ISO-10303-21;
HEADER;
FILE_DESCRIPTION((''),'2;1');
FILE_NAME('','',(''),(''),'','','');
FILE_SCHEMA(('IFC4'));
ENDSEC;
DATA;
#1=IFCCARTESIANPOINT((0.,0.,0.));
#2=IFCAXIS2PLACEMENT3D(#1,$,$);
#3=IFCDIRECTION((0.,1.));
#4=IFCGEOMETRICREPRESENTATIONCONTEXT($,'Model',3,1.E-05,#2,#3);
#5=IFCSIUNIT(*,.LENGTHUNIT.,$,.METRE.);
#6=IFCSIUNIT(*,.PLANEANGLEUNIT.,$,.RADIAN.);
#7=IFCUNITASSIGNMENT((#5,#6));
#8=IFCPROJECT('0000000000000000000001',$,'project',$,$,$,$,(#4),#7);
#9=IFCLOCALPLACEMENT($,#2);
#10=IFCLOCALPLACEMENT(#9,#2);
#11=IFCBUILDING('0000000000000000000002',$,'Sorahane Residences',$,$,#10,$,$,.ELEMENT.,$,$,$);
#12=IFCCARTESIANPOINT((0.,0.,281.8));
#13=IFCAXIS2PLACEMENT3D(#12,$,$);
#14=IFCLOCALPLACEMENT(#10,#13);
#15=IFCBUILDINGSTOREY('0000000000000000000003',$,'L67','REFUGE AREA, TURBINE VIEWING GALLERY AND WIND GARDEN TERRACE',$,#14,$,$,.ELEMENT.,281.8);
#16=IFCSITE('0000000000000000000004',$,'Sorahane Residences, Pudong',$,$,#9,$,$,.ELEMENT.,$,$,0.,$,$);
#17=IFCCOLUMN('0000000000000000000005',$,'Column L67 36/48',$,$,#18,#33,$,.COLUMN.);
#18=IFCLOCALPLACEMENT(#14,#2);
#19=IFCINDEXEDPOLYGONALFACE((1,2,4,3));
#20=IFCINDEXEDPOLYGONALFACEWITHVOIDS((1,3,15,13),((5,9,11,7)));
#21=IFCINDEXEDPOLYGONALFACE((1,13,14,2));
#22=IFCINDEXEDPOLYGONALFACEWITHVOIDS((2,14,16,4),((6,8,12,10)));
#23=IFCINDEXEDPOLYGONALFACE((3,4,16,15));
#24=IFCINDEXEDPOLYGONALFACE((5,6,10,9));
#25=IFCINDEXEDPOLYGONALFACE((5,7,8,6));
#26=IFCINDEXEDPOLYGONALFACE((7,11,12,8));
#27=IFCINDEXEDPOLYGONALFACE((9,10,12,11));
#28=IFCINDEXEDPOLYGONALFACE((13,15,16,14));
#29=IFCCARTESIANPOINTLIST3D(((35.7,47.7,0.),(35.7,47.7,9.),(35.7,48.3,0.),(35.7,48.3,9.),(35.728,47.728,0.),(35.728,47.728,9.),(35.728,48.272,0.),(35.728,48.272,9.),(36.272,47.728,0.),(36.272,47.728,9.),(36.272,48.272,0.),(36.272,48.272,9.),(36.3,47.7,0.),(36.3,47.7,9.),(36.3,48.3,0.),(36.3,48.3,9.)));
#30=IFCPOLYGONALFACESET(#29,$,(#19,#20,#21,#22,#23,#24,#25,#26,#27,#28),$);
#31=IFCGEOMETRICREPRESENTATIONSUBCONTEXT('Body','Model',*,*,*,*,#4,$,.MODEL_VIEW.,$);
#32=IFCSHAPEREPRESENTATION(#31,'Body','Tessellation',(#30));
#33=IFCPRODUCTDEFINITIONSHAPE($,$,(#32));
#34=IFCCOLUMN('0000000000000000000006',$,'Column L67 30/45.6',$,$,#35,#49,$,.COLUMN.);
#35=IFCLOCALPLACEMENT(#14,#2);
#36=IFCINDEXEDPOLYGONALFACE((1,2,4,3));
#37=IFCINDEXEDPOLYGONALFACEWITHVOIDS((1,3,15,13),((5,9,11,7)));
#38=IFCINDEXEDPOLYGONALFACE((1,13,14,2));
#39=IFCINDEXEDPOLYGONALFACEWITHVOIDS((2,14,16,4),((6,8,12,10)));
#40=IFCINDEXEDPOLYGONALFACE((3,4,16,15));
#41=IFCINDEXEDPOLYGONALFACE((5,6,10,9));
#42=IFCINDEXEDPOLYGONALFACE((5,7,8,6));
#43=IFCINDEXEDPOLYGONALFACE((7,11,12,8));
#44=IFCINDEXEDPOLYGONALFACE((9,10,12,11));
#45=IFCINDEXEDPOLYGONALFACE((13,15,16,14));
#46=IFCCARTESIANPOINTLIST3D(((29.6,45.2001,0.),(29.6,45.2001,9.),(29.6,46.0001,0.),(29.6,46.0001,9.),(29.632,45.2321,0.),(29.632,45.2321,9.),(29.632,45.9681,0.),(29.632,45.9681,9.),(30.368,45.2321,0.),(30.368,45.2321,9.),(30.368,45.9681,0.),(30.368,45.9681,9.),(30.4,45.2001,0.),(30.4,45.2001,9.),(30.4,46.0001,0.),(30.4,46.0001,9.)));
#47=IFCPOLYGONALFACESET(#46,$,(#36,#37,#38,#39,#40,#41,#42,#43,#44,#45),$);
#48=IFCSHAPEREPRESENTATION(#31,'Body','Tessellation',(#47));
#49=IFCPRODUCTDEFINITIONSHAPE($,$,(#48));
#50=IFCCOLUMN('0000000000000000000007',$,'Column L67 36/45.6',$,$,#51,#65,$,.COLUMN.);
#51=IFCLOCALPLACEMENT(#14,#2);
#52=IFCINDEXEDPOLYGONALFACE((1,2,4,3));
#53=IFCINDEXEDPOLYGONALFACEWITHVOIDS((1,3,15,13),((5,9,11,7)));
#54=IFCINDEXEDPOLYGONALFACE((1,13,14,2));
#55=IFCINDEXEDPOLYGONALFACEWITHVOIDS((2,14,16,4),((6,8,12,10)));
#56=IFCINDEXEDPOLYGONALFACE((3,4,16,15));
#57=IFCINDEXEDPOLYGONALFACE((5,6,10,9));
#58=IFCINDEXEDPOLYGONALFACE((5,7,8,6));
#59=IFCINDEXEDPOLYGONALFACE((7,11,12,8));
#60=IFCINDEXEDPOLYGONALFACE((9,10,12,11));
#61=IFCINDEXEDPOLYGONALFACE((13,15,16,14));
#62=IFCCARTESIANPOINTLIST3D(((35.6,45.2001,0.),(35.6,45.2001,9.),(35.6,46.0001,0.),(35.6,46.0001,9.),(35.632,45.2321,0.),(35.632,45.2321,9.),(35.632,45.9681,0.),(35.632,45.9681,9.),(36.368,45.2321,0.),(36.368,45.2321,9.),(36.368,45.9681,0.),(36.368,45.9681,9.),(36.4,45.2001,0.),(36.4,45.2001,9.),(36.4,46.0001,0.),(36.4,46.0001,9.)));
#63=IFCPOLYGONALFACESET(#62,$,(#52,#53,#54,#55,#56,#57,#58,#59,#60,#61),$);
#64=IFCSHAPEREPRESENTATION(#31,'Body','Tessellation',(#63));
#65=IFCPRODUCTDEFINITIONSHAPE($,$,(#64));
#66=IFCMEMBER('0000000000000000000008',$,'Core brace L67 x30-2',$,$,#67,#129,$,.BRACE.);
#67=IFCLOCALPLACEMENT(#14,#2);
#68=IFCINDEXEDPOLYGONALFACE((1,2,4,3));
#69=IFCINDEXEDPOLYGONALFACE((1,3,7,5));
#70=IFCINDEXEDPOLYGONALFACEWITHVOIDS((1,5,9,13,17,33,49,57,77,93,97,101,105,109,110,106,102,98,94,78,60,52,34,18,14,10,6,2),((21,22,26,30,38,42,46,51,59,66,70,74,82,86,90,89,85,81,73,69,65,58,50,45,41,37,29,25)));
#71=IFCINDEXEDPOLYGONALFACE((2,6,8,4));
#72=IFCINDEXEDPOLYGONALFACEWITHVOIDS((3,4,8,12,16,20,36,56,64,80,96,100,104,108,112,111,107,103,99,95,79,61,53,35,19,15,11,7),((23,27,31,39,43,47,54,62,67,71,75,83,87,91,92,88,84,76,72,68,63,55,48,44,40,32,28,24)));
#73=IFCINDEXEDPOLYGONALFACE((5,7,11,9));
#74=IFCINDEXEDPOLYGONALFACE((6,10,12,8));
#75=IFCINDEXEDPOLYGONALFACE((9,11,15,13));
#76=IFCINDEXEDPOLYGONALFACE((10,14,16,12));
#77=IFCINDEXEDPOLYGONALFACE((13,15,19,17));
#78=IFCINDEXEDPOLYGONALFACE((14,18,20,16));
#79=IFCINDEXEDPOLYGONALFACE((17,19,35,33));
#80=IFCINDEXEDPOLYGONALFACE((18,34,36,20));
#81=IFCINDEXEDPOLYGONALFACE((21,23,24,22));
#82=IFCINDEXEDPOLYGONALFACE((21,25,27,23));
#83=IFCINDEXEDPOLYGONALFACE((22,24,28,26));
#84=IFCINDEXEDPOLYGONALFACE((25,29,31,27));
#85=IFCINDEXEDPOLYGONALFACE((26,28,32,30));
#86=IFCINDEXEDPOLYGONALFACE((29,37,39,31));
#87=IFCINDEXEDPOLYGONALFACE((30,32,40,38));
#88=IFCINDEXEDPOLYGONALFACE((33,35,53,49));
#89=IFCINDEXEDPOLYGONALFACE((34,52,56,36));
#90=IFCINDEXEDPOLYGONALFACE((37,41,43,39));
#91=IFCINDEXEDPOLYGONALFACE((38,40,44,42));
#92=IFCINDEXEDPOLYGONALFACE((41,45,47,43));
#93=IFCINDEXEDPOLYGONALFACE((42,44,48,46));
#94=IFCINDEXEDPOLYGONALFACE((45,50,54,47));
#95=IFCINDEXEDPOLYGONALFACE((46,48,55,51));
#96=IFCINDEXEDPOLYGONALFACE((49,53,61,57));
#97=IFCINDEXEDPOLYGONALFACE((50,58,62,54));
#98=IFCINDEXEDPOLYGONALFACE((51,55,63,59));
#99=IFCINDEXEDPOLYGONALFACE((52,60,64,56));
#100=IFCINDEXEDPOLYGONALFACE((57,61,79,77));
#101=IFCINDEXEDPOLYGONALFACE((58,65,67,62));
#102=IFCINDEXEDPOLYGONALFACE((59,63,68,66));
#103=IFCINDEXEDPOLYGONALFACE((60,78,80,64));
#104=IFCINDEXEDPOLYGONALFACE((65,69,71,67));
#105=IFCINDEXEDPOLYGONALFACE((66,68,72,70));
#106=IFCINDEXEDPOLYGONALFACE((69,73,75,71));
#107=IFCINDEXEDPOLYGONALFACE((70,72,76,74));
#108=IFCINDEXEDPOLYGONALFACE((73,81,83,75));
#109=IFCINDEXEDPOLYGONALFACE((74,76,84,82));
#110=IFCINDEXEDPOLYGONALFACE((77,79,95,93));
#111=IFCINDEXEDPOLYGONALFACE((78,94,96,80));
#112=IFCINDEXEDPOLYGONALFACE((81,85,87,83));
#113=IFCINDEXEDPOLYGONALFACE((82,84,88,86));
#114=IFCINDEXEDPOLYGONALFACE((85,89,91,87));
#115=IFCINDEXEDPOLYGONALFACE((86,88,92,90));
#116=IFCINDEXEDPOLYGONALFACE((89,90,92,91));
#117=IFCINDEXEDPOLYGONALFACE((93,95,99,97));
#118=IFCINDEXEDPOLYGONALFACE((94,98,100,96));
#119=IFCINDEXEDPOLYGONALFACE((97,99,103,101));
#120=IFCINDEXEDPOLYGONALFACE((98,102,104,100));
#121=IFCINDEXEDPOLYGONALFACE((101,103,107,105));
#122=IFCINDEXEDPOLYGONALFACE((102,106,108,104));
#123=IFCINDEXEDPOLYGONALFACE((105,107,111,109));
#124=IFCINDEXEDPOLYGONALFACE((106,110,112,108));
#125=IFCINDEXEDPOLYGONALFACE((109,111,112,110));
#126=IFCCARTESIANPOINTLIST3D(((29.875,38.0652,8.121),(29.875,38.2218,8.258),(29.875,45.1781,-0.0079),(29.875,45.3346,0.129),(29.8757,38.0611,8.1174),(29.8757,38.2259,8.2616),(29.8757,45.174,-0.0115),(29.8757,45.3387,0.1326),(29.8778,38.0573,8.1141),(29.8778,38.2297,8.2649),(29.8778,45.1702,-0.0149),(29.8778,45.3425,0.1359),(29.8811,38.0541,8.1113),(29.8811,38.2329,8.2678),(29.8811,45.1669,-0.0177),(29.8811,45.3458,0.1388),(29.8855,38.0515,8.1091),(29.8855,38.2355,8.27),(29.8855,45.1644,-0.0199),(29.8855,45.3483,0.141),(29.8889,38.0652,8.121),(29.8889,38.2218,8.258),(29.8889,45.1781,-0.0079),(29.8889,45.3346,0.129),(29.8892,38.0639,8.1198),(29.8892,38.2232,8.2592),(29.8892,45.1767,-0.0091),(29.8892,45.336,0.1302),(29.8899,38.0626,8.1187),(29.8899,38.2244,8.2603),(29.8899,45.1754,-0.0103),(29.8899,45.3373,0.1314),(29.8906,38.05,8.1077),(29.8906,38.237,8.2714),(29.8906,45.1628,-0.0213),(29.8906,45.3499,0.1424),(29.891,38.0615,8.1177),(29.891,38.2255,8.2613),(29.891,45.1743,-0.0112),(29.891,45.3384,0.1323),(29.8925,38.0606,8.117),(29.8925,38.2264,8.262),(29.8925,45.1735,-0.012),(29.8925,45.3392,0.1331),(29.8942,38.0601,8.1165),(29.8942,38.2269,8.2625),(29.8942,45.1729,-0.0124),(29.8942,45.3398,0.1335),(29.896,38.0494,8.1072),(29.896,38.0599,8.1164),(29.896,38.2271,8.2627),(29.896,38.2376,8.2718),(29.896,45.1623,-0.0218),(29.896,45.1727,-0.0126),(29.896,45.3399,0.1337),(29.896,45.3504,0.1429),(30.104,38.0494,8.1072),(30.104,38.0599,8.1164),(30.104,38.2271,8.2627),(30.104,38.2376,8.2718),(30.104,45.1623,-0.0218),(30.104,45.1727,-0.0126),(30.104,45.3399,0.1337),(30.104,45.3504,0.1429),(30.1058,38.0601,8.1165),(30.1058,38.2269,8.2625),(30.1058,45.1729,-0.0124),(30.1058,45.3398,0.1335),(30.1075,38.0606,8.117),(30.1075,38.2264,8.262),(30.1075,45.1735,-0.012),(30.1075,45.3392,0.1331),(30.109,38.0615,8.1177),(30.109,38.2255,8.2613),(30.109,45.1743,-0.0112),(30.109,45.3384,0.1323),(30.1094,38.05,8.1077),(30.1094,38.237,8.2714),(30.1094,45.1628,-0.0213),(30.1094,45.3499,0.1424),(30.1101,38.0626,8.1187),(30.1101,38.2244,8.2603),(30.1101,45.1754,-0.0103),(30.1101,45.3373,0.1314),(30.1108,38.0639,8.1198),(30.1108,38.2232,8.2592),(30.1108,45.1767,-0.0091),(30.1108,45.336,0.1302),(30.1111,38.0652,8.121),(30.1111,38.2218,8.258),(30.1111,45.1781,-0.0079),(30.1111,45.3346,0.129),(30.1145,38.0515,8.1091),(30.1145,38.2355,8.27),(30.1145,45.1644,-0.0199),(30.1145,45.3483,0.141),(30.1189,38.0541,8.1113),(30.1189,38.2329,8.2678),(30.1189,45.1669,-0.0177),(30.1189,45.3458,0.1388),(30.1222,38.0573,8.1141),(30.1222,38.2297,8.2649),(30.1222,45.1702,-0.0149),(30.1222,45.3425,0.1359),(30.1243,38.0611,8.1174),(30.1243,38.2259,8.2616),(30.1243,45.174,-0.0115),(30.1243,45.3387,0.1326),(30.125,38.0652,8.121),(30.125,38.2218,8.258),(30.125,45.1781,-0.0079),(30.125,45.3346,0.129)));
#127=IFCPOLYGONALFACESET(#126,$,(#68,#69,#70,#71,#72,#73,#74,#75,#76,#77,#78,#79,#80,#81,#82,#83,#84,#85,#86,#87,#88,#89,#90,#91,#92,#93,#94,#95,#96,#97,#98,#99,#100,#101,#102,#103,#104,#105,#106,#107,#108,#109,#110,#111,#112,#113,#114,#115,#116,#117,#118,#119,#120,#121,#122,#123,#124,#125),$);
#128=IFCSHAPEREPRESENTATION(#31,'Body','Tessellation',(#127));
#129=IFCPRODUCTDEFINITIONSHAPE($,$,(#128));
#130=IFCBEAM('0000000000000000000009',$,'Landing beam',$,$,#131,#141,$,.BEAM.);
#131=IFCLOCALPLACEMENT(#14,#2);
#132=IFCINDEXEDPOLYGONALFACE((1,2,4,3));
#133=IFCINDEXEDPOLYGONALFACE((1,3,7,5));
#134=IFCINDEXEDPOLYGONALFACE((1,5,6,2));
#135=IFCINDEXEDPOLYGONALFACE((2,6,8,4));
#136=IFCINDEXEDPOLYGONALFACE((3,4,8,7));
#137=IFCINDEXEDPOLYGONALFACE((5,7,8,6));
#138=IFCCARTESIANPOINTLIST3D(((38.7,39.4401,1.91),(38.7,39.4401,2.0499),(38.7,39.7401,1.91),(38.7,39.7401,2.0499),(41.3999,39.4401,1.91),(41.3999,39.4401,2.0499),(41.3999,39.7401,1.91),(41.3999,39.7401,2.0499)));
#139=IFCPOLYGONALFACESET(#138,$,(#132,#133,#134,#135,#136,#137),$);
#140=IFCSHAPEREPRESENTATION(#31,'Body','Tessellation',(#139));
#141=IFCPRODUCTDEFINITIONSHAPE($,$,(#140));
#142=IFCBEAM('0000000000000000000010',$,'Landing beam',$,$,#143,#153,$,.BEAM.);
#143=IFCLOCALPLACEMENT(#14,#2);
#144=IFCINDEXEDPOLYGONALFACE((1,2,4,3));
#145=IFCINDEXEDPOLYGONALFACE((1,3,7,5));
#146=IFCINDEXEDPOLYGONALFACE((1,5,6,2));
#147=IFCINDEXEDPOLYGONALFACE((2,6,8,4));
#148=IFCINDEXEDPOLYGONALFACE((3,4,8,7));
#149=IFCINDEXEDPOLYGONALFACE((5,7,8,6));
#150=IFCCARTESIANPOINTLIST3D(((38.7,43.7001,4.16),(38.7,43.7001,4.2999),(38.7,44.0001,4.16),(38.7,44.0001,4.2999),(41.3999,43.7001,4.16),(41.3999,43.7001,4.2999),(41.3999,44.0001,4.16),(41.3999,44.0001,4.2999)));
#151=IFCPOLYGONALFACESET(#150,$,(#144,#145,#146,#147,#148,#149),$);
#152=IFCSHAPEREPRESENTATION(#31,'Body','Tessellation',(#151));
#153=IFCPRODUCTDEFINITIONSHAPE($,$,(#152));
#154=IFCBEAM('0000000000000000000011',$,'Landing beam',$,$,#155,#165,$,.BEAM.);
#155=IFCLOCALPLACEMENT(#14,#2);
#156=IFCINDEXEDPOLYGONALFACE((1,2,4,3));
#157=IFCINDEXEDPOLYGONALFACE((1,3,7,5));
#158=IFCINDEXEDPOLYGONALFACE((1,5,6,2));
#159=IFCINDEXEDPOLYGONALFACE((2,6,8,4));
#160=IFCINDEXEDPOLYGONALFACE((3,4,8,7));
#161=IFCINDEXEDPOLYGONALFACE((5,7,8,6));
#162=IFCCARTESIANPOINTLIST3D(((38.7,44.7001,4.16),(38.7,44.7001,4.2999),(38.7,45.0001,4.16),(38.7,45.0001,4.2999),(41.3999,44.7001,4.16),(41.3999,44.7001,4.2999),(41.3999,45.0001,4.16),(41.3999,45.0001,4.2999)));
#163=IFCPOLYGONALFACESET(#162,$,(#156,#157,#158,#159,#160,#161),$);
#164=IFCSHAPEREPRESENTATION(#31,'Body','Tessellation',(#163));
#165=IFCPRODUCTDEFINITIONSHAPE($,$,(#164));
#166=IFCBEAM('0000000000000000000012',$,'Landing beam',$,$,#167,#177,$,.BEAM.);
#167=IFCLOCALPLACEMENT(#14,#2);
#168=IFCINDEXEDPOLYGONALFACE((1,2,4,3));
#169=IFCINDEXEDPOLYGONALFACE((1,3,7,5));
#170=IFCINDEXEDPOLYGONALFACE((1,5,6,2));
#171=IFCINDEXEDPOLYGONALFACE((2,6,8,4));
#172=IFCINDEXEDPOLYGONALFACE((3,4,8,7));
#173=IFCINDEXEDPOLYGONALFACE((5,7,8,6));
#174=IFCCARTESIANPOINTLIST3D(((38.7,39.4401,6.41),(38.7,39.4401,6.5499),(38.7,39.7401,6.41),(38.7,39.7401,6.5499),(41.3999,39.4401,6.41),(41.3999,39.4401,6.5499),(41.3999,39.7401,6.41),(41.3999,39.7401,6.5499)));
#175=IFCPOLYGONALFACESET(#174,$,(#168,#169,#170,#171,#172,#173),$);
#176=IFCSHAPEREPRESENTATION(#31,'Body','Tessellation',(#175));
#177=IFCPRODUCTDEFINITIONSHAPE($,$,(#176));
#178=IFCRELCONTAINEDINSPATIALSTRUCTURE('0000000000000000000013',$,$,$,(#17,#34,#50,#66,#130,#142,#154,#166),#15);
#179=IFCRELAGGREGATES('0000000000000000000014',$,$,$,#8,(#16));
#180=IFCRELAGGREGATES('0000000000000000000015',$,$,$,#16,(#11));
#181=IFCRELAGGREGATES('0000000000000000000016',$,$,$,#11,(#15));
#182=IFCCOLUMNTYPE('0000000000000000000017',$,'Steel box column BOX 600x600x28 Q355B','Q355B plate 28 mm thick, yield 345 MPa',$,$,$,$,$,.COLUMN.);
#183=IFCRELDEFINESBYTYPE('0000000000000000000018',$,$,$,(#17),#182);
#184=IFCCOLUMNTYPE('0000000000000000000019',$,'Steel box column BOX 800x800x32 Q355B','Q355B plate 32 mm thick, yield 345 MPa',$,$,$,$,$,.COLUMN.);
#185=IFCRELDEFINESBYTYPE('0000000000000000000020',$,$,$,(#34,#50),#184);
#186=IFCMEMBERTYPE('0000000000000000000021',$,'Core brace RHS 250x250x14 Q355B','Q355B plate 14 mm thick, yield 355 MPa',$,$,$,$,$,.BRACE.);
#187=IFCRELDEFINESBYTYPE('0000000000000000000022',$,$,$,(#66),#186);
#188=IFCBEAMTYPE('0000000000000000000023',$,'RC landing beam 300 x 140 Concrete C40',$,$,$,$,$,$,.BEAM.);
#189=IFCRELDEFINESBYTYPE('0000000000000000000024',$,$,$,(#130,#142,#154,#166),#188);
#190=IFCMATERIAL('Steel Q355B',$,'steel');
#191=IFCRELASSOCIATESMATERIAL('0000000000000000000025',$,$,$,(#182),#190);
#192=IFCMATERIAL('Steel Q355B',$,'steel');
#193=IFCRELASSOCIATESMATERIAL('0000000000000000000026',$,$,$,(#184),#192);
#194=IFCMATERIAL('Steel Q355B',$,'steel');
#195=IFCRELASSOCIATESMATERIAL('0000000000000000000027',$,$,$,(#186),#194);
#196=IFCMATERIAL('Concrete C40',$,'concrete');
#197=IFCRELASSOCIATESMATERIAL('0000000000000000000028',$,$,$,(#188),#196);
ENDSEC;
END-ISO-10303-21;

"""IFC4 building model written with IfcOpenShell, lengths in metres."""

from ifc_helpers import new_model, si_unit, direction, frame, origin, origin_2d, place, context, subcontext, project, spatial, rectangle, hollow_rectangle, extrude, material, material_profile, profile_set, type_object, element, save


model = new_model("IFC4")

# Units and contexts
model_context = context("Model", 3, precision=1e-05, world=origin(), true_north=direction((0.0, 1.0)))
body_context = subcontext(model_context, "Body", "Model", "MODEL_VIEW")
ifc_project = project(units=[si_unit("LENGTHUNIT", "METRE"), si_unit("PLANEANGLEUNIT", "RADIAN")], contexts=[model_context])

# Site, building, storey
site_placement = place(None, origin())
site = spatial("IfcSite", under=ifc_project, at=site_placement, Name="Sorahane Residences, Pudong", CompositionType="ELEMENT", RefElevation=0.0)
building_placement = place(site_placement, origin())
building = spatial("IfcBuilding", under=site, at=building_placement, Name="Sorahane Residences", CompositionType="ELEMENT")
storey_placement = place(building_placement, frame((0.0, 0.0, 281.8)))
storey = spatial("IfcBuildingStorey", under=building, at=storey_placement, Name="L67", Description="REFUGE AREA, TURBINE VIEWING GALLERY AND WIND GARDEN TERRACE", CompositionType="ELEMENT", Elevation=281.8)

# Columns
ifc_material_1 = material(Name="Steel Q355B", Category="steel")
ifc_material_profile_1 = material_profile(ifc_material_1, hollow_rectangle(XDim=0.6001, YDim=0.6001, WallThickness=0.0281, at=origin_2d()), Name="BOX 600x600x28")
ifc_profile_set_1 = profile_set([ifc_material_profile_1], Name="Steel Q355B")
column_type_1 = type_object("IfcColumnType", Name="Steel box column BOX 600x600x28 Q355B", Description="Q355B plate 28 mm thick, yield 345 MPa", PredefinedType="COLUMN", material=ifc_profile_set_1)
column_placement = place(storey_placement, frame((36.0, 48.0, 0.0), z_axis=(0.0, 0.0, 1.0), x_axis=(1.0, 0.0, 0.0)))
element("IfcColumn", 1, at=column_placement, inside=storey, type_object=column_type_1, Name="Column L67 36/48", PredefinedType="COLUMN", context=body_context, shape_type="SweptSolid", body=[
    extrude(hollow_rectangle(XDim=0.6001, YDim=0.6001, WallThickness=0.0281, at=origin_2d()), origin(), (0.0, 0.0, 1.0), 9.0),
])
ifc_material_2 = material(Name="Steel Q355B", Category="steel")
ifc_material_profile_2 = material_profile(ifc_material_2, hollow_rectangle(XDim=0.8, YDim=0.8, WallThickness=0.032, at=origin_2d()), Name="BOX 800x800x32")
ifc_profile_set_2 = profile_set([ifc_material_profile_2], Name="Steel Q355B")
column_type_2 = type_object("IfcColumnType", Name="Steel box column BOX 800x800x32 Q355B", Description="Q355B plate 32 mm thick, yield 345 MPa", PredefinedType="COLUMN", material=ifc_profile_set_2)
for number, where, z_axis, x_axis, name in (
    (2, (30.0, 45.6001, 0.0), (0.0, 0.0, 1.0), (1.0, 0.0, 0.0), "Column L67 30/45.6"),
    (3, (36.0, 45.6001, 0.0), (0.0, 0.0, 1.0), (1.0, 0.0, 0.0), "Column L67 36/45.6"),
):
    element("IfcColumn", number, at=place(storey_placement, frame(where, z_axis=z_axis, x_axis=x_axis)), inside=storey, type_object=column_type_2, Name=name, PredefinedType="COLUMN", context=body_context, shape_type="SweptSolid", body=[
        extrude(hollow_rectangle(XDim=0.8, YDim=0.8, WallThickness=0.032, at=origin_2d()), origin(), (0.0, 0.0, 1.0), 9.0),
    ])

# Member
ifc_material_3 = material(Name="Steel Q355B", Category="steel")
ifc_material_profile_3 = material_profile(ifc_material_3, hollow_rectangle(XDim=0.25, YDim=0.25, WallThickness=0.0139, InnerFilletRadius=0.0071, OuterFilletRadius=0.021, at=origin_2d()), Name="RHS 250x250x14")
ifc_profile_set_3 = profile_set([ifc_material_profile_3], Name="Steel Q355B")
member_type = type_object("IfcMemberType", Name="Core brace RHS 250x250x14 Q355B", Description="Q355B plate 14 mm thick, yield 355 MPa", PredefinedType="BRACE", material=ifc_profile_set_3)
member_placement = place(storey_placement, frame((30.0, 45.2563, 0.0605), z_axis=(0.0, -0.658505, 0.752577), x_axis=(1.0, 0.0, 0.0)))
element("IfcMember", 4, at=member_placement, inside=storey, type_object=member_type, Name="Core brace L67 x30-2", PredefinedType="BRACE", context=body_context, shape_type="SweptSolid", body=[
    extrude(hollow_rectangle(XDim=0.25, YDim=0.25, WallThickness=0.0139, InnerFilletRadius=0.0071, OuterFilletRadius=0.021, at=origin_2d()), origin(), (0.0, 0.0, 1.0), 10.8015),
])

# Beams
ifc_material_4 = material(Name="Concrete C40", Category="concrete")
ifc_material_profile_4 = material_profile(ifc_material_4, rectangle(XDim=0.3, YDim=0.1399, at=origin_2d()), Name="300x140")
ifc_profile_set_4 = profile_set([ifc_material_profile_4], Name="Concrete C40")
beam_type_1 = type_object("IfcBeamType", Name="RC landing beam 300 x 140 Concrete C40", PredefinedType="BEAM", material=ifc_profile_set_4)
for number, where, z_axis, x_axis, name in (
    (5, (38.7, 39.5901, 1.98), (1.0, 0.0, 0.0), (0.0, 1.0, 0.0), "Landing beam"),
    (6, (38.7, 43.8501, 4.23), (1.0, 0.0, 0.0), (0.0, 1.0, 0.0), "Landing beam"),
    (7, (38.7, 44.8501, 4.23), (1.0, 0.0, 0.0), (0.0, 1.0, 0.0), "Landing beam"),
    (8, (38.7, 39.5901, 6.48), (1.0, 0.0, 0.0), (0.0, 1.0, 0.0), "Landing beam"),
):
    element("IfcBeam", number, at=place(storey_placement, frame(where, z_axis=z_axis, x_axis=x_axis)), inside=storey, type_object=beam_type_1, Name=name, PredefinedType="BEAM", context=body_context, shape_type="SweptSolid", body=[
        extrude(rectangle(XDim=0.3, YDim=0.1399, at=origin_2d()), origin(), (0.0, 0.0, 1.0), 2.7),
    ])

save(model, "model.ifc")
